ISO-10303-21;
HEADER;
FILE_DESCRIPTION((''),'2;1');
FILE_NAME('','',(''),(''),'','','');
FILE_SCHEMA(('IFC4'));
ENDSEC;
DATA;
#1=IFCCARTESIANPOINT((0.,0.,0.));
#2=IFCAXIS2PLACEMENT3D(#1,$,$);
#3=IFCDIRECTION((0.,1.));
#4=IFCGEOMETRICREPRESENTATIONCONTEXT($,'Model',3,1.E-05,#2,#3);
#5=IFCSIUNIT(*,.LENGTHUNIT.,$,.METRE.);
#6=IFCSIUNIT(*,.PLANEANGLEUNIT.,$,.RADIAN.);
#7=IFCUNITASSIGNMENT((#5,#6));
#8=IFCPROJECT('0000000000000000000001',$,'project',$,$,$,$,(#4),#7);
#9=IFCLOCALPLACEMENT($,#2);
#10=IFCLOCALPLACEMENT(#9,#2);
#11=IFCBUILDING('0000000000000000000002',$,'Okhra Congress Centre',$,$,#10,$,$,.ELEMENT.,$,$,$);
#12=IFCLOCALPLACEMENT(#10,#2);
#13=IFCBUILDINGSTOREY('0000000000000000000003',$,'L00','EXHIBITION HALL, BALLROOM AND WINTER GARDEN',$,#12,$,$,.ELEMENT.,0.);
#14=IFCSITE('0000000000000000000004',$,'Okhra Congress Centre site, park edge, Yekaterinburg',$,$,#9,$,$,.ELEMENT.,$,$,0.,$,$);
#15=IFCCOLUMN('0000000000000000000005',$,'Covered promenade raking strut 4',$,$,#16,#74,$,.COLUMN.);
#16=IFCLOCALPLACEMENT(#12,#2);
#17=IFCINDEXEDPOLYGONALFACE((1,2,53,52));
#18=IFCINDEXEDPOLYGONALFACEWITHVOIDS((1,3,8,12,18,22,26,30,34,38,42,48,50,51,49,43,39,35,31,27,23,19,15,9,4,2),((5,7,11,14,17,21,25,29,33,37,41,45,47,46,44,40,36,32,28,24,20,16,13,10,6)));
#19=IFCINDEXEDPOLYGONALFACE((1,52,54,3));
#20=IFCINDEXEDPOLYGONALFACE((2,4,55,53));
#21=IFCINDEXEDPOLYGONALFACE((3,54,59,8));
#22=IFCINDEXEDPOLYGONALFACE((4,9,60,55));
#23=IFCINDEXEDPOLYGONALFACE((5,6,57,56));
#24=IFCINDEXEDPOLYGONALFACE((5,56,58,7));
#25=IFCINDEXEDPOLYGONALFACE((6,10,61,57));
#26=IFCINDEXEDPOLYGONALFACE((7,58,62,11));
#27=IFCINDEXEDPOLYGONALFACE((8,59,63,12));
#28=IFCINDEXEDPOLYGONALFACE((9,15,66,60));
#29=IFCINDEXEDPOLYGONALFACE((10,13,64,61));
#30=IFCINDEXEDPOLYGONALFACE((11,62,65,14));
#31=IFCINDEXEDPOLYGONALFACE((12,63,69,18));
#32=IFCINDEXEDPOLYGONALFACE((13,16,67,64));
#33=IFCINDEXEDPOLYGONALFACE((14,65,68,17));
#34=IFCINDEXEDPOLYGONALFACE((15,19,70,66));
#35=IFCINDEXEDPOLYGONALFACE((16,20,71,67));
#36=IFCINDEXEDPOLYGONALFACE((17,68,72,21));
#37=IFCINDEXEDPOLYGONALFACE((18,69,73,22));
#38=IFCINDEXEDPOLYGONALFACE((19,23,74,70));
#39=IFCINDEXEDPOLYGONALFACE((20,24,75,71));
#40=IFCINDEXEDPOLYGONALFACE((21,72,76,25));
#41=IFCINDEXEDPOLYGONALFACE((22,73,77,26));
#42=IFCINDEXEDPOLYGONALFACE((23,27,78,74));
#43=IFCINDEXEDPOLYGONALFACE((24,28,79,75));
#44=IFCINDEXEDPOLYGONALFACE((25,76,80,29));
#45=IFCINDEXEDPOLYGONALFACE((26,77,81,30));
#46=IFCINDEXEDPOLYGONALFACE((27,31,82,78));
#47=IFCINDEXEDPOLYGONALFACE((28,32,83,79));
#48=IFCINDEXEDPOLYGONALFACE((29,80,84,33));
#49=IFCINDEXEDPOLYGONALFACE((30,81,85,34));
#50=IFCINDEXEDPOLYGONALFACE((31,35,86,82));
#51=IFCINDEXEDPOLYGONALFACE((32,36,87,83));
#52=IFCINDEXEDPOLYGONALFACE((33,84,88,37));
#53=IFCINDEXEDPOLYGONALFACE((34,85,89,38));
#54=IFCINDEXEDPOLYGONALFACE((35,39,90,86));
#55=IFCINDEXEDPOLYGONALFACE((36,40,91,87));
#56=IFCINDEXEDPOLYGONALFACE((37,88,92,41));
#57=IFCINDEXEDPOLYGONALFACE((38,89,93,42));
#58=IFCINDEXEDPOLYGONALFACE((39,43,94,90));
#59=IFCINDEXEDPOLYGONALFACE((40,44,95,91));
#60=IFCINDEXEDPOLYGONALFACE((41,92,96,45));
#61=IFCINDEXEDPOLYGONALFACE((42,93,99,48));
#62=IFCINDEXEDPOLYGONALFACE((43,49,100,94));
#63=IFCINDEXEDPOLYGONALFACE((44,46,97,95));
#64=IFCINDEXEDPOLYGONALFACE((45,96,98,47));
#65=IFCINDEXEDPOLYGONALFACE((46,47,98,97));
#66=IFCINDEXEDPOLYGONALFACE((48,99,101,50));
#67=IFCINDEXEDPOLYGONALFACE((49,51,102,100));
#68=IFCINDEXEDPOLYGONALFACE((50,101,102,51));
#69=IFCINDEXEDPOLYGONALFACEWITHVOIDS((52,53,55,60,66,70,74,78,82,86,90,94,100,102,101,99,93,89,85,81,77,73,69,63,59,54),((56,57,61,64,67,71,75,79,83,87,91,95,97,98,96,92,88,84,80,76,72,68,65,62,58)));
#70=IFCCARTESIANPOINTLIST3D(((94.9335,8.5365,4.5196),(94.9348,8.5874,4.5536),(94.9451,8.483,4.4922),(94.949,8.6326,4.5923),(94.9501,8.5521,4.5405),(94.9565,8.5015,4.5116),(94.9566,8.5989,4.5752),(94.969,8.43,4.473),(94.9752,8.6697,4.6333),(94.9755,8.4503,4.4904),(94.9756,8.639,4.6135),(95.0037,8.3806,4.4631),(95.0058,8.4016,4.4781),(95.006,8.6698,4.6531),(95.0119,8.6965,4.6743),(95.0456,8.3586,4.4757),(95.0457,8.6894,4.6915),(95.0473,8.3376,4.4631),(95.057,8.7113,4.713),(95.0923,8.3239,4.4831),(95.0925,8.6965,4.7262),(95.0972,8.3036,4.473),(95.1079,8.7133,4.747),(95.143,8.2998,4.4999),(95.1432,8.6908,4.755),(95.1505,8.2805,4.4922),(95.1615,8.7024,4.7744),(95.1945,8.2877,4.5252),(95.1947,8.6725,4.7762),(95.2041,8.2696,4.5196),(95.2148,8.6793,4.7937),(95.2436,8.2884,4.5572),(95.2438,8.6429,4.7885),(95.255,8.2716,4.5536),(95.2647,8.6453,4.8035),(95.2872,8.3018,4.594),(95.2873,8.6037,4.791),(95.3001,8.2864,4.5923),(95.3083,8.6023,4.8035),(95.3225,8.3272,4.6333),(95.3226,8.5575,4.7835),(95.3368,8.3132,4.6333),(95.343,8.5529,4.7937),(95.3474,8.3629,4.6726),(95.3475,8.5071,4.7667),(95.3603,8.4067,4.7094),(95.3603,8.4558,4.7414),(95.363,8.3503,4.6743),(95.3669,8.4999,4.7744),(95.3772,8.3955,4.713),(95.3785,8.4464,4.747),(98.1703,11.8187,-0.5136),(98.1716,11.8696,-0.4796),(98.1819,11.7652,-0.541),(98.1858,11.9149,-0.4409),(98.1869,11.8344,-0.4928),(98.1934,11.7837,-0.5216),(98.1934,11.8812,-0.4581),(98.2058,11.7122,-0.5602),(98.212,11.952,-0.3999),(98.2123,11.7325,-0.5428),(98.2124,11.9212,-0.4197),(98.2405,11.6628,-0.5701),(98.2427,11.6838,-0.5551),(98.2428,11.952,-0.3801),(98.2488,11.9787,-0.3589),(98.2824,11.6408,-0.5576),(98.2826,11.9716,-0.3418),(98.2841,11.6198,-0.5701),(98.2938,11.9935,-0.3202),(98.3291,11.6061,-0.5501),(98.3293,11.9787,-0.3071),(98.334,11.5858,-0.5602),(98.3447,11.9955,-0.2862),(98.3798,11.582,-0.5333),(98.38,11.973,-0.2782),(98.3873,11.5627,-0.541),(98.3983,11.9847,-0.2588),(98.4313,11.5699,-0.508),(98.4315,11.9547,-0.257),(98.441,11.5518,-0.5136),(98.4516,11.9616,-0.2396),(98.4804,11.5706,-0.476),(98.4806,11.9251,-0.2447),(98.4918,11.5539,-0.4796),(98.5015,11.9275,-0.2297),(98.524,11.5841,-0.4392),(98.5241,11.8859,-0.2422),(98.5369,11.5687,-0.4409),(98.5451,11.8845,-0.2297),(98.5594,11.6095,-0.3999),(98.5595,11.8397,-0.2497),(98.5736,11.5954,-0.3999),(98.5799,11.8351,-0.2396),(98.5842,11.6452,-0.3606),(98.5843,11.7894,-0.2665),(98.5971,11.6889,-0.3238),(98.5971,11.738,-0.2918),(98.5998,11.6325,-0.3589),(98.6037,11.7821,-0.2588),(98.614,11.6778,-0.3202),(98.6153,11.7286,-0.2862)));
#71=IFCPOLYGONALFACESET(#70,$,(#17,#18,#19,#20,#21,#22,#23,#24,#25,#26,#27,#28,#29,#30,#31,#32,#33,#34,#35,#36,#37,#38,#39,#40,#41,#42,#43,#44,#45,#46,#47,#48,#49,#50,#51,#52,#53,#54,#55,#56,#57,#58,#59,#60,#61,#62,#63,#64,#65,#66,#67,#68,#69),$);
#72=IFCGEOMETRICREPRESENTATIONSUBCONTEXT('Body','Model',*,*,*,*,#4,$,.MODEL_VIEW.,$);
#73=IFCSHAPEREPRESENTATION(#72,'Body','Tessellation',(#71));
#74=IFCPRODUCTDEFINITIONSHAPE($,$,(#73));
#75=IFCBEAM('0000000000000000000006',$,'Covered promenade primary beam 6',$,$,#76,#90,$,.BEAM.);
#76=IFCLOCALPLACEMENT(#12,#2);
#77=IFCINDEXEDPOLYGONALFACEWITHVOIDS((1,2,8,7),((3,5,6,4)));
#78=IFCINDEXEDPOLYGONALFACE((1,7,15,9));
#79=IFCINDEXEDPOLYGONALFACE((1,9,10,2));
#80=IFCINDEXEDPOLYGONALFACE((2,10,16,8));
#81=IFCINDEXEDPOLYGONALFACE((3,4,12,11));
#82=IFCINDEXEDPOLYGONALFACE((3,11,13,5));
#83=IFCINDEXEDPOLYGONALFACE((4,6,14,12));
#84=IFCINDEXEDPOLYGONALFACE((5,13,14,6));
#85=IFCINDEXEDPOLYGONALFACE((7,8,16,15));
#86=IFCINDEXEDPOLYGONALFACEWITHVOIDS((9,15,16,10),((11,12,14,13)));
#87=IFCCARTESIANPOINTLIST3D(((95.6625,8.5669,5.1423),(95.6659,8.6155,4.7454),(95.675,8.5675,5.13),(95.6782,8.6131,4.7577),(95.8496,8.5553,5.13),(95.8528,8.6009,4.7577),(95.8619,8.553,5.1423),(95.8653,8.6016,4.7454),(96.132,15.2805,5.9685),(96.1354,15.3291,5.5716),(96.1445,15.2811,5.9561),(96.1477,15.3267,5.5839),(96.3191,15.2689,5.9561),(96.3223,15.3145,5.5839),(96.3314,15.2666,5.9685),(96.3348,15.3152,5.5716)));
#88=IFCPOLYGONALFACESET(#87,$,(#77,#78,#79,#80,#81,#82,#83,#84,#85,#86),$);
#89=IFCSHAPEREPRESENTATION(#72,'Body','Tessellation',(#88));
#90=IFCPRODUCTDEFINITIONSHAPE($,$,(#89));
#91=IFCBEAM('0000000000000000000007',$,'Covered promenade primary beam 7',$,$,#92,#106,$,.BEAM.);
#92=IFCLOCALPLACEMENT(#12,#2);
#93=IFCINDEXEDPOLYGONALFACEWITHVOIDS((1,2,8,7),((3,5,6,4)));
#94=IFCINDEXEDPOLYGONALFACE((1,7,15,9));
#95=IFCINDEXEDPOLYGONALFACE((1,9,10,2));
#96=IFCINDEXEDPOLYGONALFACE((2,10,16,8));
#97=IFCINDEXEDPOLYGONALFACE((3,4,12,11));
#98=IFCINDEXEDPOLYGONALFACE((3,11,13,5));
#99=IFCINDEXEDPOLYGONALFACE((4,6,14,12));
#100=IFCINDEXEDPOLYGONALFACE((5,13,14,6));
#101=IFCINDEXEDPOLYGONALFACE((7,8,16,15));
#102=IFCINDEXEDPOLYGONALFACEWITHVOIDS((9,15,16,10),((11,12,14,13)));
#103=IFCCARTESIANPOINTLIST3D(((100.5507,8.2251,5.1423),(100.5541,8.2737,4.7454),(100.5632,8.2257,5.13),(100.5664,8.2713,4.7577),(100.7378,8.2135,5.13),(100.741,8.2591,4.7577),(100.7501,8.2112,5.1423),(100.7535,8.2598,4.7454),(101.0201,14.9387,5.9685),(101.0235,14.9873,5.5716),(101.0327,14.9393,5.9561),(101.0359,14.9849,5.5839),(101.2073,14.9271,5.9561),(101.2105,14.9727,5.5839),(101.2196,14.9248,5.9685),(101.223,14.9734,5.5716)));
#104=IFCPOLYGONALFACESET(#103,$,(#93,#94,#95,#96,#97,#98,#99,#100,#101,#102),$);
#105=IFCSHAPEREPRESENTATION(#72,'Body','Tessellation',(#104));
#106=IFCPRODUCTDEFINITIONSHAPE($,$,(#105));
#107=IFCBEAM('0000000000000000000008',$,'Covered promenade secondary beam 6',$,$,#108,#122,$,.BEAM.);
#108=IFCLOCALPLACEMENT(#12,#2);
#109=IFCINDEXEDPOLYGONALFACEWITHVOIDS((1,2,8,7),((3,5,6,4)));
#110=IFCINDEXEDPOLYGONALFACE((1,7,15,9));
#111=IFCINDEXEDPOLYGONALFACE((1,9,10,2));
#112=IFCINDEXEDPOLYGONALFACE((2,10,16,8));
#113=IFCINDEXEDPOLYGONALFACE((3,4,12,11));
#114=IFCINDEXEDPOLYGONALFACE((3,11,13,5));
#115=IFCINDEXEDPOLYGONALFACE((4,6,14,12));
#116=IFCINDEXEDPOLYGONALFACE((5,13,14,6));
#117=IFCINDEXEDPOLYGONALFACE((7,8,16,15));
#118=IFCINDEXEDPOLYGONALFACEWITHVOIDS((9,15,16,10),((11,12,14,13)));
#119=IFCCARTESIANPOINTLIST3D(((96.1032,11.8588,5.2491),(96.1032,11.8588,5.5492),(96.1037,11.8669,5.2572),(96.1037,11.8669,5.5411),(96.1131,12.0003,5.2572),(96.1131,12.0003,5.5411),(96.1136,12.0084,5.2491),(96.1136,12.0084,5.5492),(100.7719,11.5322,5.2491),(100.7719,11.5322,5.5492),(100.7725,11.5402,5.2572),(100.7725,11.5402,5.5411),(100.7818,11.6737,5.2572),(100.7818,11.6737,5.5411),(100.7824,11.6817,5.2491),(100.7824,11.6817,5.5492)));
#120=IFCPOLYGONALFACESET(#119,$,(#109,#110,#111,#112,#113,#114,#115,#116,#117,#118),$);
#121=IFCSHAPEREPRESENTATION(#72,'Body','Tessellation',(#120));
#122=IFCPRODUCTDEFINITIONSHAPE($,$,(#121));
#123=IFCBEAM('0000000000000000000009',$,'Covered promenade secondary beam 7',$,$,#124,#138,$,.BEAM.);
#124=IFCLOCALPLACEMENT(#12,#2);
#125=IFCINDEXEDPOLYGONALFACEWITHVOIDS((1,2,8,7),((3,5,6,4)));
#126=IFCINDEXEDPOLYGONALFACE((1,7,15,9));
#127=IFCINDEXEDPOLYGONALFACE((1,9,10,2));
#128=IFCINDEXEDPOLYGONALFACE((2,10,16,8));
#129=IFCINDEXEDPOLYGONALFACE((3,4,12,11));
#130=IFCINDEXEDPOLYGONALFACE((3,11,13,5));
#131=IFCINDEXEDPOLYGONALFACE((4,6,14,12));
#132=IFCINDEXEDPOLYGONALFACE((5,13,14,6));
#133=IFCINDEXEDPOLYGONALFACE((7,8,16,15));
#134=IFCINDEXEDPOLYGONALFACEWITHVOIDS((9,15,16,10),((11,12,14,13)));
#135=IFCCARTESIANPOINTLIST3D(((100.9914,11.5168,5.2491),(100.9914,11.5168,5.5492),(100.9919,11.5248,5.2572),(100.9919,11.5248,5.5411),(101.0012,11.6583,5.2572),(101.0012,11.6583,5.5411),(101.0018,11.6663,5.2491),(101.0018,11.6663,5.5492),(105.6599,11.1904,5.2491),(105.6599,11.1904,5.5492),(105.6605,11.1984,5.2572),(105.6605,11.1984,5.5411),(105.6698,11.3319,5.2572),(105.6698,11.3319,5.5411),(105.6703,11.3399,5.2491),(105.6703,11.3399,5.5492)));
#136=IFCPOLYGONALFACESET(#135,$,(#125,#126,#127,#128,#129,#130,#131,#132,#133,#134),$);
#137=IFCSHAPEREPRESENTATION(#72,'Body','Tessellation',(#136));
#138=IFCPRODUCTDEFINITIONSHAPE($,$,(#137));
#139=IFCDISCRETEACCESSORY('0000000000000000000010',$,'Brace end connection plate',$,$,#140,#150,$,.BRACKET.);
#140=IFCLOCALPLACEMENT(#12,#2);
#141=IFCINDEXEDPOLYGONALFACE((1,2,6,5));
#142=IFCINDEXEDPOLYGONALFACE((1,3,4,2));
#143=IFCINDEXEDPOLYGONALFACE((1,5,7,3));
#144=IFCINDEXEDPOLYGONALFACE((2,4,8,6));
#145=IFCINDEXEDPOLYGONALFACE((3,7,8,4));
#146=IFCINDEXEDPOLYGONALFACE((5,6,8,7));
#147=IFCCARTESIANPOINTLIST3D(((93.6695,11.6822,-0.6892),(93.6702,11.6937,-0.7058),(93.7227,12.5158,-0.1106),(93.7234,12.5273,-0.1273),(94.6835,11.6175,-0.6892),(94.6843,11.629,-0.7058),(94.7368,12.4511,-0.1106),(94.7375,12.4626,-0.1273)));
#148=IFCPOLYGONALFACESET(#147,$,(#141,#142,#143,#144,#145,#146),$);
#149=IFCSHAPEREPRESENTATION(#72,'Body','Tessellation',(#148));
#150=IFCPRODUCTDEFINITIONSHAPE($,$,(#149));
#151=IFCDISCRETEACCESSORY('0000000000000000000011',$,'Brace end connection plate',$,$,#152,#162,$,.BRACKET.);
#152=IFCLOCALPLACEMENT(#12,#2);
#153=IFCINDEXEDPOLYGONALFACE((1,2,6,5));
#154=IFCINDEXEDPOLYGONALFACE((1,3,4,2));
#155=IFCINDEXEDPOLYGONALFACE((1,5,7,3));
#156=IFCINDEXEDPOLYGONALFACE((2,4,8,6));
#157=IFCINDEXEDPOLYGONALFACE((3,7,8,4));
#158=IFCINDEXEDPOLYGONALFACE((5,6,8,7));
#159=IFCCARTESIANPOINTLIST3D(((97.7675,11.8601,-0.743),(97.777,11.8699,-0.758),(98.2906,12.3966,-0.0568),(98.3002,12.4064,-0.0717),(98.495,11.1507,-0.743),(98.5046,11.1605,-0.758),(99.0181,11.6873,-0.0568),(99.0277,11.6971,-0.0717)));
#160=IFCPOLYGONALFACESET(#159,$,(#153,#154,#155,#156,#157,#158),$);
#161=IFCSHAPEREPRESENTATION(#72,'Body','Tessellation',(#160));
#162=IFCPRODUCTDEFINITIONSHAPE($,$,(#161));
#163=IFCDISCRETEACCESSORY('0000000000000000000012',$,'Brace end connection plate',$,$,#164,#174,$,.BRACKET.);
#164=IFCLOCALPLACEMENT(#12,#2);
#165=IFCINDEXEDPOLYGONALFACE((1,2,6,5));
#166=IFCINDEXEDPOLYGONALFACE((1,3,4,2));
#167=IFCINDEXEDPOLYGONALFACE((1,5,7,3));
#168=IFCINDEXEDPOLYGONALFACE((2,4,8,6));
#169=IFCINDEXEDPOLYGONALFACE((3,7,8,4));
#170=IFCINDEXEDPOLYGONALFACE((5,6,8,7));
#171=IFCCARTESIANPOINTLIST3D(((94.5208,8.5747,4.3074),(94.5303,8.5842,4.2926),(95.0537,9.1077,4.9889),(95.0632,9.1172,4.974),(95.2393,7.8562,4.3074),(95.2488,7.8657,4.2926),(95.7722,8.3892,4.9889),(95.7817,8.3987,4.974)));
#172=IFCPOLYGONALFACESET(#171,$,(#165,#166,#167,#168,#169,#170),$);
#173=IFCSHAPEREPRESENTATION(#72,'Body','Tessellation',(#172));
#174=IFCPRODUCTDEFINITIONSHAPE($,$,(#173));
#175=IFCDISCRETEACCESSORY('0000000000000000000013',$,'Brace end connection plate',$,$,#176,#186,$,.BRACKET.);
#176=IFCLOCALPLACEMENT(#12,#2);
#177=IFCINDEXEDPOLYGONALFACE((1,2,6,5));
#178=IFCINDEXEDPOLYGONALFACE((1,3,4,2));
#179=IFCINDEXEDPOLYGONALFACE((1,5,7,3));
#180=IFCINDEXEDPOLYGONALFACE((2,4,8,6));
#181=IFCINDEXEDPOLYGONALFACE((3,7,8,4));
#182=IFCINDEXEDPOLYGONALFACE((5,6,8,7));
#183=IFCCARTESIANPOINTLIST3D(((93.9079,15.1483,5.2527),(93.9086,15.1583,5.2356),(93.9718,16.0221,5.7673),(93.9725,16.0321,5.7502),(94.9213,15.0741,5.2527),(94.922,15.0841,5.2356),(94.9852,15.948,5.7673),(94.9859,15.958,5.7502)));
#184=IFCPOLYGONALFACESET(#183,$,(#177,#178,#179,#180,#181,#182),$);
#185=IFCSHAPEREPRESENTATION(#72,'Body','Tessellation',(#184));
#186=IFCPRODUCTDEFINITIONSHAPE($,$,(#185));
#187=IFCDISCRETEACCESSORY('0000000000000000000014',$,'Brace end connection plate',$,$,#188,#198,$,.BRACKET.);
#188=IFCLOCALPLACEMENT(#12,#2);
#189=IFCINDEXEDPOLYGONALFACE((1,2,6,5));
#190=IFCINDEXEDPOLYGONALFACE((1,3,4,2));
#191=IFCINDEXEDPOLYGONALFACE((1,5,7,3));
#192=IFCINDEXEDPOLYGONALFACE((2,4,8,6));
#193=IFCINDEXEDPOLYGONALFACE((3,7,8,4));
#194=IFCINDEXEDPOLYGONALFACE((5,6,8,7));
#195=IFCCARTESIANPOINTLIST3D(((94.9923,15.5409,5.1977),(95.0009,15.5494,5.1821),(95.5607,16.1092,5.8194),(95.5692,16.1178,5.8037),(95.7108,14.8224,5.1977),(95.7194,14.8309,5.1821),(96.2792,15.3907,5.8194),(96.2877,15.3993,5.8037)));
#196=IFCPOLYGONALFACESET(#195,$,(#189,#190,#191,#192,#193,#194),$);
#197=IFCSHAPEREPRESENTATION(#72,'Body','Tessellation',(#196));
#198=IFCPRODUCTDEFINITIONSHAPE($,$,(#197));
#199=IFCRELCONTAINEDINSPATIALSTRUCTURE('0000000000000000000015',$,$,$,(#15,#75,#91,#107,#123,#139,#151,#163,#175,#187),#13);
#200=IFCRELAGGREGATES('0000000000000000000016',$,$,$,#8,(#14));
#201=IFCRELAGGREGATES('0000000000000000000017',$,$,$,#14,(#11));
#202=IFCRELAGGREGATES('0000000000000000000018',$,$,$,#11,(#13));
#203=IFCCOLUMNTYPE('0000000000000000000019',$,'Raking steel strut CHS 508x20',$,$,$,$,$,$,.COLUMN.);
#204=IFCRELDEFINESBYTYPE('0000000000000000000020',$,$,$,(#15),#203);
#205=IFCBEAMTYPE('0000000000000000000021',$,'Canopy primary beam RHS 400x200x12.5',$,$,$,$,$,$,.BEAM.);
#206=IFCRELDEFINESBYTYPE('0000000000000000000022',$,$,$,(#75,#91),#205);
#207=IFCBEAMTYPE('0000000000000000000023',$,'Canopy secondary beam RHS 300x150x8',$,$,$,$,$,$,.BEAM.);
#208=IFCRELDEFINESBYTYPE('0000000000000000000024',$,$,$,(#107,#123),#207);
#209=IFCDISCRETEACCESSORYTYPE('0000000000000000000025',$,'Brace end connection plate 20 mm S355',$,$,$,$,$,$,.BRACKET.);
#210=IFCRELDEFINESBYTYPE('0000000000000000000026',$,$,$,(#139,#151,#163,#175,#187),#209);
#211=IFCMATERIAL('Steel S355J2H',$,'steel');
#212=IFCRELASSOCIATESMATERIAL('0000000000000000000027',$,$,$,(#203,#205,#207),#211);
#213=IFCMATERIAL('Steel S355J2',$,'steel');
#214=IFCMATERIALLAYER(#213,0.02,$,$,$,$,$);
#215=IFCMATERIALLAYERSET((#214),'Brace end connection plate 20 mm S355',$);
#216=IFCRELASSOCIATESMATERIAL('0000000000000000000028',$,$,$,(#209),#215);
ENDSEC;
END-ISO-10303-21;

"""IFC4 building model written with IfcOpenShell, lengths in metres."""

from ifc_helpers import new_model, si_unit, direction, frame, origin, origin_2d, place, context, subcontext, project, spatial, rectangle, hollow_rectangle, hollow_circle, extrude, material, layer, layer_set, material_profile, profile_set, type_object, element, save


model = new_model("IFC4")

# Units and contexts
model_context = context("Model", 3, precision=1e-05, world=origin(), true_north=direction((0.0, 1.0)))
body_context = subcontext(model_context, "Body", "Model", "MODEL_VIEW")
ifc_project = project(units=[si_unit("LENGTHUNIT", "METRE"), si_unit("PLANEANGLEUNIT", "RADIAN")], contexts=[model_context])

# Site, building, storey
site_placement = place(None, origin())
site = spatial("IfcSite", under=ifc_project, at=site_placement, Name="Okhra Congress Centre site, park edge, Yekaterinburg", CompositionType="ELEMENT", RefElevation=0.0)
building_placement = place(site_placement, origin())
building = spatial("IfcBuilding", under=site, at=building_placement, Name="Okhra Congress Centre", CompositionType="ELEMENT")
storey_placement = place(building_placement, origin())
storey = spatial("IfcBuildingStorey", under=building, at=storey_placement, Name="L00", Description="EXHIBITION HALL, BALLROOM AND WINTER GARDEN", CompositionType="ELEMENT", Elevation=0.0)

# Column
ifc_material_1 = material(Name="Steel S355J2H", Category="steel")
ifc_material_profile_1 = material_profile(ifc_material_1, hollow_circle(Radius=0.2539, WallThickness=0.02, at=origin_2d()), Name="CHS 508x20")
ifc_profile_set_1 = profile_set([ifc_material_profile_1], Name="Steel S355J2H")
column_type = type_object("IfcColumnType", Name="Raking steel strut CHS 508x20", PredefinedType="COLUMN", material=ifc_profile_set_1)
column_1_placement = place(storey_placement, frame((98.3928, 11.7737, -0.3999), z_axis=(-0.474246, -0.480899, 0.737446), x_axis=(0.712015, -0.702164, 0.0)))
element("IfcColumn", 1, at=column_1_placement, inside=storey, type_object=column_type, Name="Covered promenade raking strut 4", PredefinedType="COLUMN", context=body_context, shape_type="SweptSolid", body=[
    extrude(hollow_circle(Radius=0.2539, WallThickness=0.02, at=origin_2d()), origin(), (0.0, 0.0, 1.0), 6.8252),
])

# Beams
ifc_material_profile_2 = material_profile(ifc_material_1, hollow_rectangle(XDim=0.2, YDim=0.3999, WallThickness=0.0125, at=origin_2d()), Name="RHS 400x200x12.5")
ifc_profile_set_2 = profile_set([ifc_material_profile_2], Name="Steel S355J2H")
beam_type_1 = type_object("IfcBeamType", Name="Canopy primary beam RHS 400x200x12.5", PredefinedType="BEAM", material=ifc_profile_set_2)
for number, where, z_axis, x_axis, name in (
    (2, (95.7639, 8.5842, 4.9438), (0.06924, 0.990131, 0.121845), (-0.997564, 0.069759, 0.0), "Covered promenade primary beam 6"),
    (3, (100.6521, 8.2424, 4.9438), (0.06924, 0.990131, 0.121845), (-0.997564, 0.069759, 0.0), "Covered promenade primary beam 7"),
):
    element("IfcBeam", number, at=place(storey_placement, frame(where, z_axis=z_axis, x_axis=x_axis)), inside=storey, type_object=beam_type_1, Name=name, PredefinedType="BEAM", context=body_context, shape_type="SweptSolid", body=[
        extrude(hollow_rectangle(XDim=0.2, YDim=0.3999, WallThickness=0.0125, at=origin_2d()), origin(), (0.0, 0.0, 1.0), 6.7805),
    ])
ifc_material_profile_3 = material_profile(ifc_material_1, hollow_rectangle(XDim=0.1499, YDim=0.3, WallThickness=0.0081, at=origin_2d()), Name="RHS 300x150x8")
ifc_profile_set_3 = profile_set([ifc_material_profile_3], Name="Steel S355J2H")
beam_type_2 = type_object("IfcBeamType", Name="Canopy secondary beam RHS 300x150x8", PredefinedType="BEAM", material=ifc_profile_set_3)
beam_1_placement = place(storey_placement, frame((96.1084, 11.9336, 5.3992), z_axis=(0.997561, -0.069797, 0.0), x_axis=(0.069797, 0.997561, 0.0)))
element("IfcBeam", 4, at=beam_1_placement, inside=storey, type_object=beam_type_2, Name="Covered promenade secondary beam 6", PredefinedType="BEAM", context=body_context, shape_type="SweptSolid", body=[
    extrude(hollow_rectangle(XDim=0.1499, YDim=0.3, WallThickness=0.0081, at=origin_2d()), origin(), (0.0, 0.0, 1.0), 4.6802),
])
beam_2_placement = place(storey_placement, frame((100.9966, 11.5916, 5.3992), z_axis=(0.997565, -0.069749, 0.0), x_axis=(0.069749, 0.997565, 0.0)))
element("IfcBeam", 5, at=beam_2_placement, inside=storey, type_object=beam_type_2, Name="Covered promenade secondary beam 7", PredefinedType="BEAM", context=body_context, shape_type="SweptSolid", body=[
    extrude(hollow_rectangle(XDim=0.1499, YDim=0.3, WallThickness=0.0081, at=origin_2d()), origin(), (0.0, 0.0, 1.0), 4.6799),
])

# Discrete accessories
ifc_material_2 = material(Name="Steel S355J2", Category="steel")
ifc_layer = layer(ifc_material_2, 0.02)
ifc_layer_set = layer_set([ifc_layer], Name="Brace end connection plate 20 mm S355")
discrete_accessory_type_1 = type_object("IfcDiscreteAccessoryType", Name="Brace end connection plate 20 mm S355", PredefinedType="BRACKET", material=ifc_layer_set)
for number, where, z_axis, x_axis, name in (
    (6, (94.2031, 12.0667, -0.3999), (0.036269, 0.568207, -0.822086), (-0.997969, 0.0637, 0.0), "Brace end connection plate"),
    (7, (98.3928, 11.7737, -0.3999), (0.471491, 0.48358, -0.73746), (-0.716, 0.6981, 0.0), "Brace end connection plate"),
):
    element("IfcDiscreteAccessory", number, at=place(storey_placement, frame(where, z_axis=z_axis, x_axis=x_axis)), inside=storey, type_object=discrete_accessory_type_1, Name=name, PredefinedType="BRACKET", context=body_context, shape_type="SweptSolid", body=[
        extrude(rectangle(XDim=1.0161, YDim=1.0161, at=origin_2d()), origin(), (0.0, 0.0, 1.0), 0.0203),
    ])
discrete_accessory_1_placement = place(storey_placement, frame((95.156, 8.4915, 4.6333), z_axis=(-0.474236, -0.474236, 0.741754), x_axis=(0.707107, -0.707107, 0.0)))
element("IfcDiscreteAccessory", 8, at=discrete_accessory_1_placement, inside=storey, type_object=discrete_accessory_type_1, Name="Brace end connection plate", PredefinedType="BRACKET", context=body_context, shape_type="SweptSolid", body=[
    extrude(rectangle(XDim=1.0161, YDim=1.0161, at=origin_2d()), origin(), (0.0, 0.0, 1.0), 0.02),
])
for number, where, z_axis, x_axis, name in (
    (9, (94.4473, 15.5581, 5.4929), (-0.036955, -0.505058, 0.862294), (0.997334, -0.072976, 0.0), "Brace end connection plate"),
    (10, (95.6443, 15.4744, 5.4929), (-0.432594, -0.432594, 0.791028), (0.707107, -0.707107, 0.0), "Brace end connection plate"),
):
    element("IfcDiscreteAccessory", number, at=place(storey_placement, frame(where, z_axis=z_axis, x_axis=x_axis)), inside=storey, type_object=discrete_accessory_type_1, Name=name, PredefinedType="BRACKET", context=body_context, shape_type="SweptSolid", body=[
        extrude(rectangle(XDim=1.0161, YDim=1.0161, at=origin_2d()), origin(), (0.0, 0.0, 1.0), 0.0198),
    ])

save(model, "model.ifc")
